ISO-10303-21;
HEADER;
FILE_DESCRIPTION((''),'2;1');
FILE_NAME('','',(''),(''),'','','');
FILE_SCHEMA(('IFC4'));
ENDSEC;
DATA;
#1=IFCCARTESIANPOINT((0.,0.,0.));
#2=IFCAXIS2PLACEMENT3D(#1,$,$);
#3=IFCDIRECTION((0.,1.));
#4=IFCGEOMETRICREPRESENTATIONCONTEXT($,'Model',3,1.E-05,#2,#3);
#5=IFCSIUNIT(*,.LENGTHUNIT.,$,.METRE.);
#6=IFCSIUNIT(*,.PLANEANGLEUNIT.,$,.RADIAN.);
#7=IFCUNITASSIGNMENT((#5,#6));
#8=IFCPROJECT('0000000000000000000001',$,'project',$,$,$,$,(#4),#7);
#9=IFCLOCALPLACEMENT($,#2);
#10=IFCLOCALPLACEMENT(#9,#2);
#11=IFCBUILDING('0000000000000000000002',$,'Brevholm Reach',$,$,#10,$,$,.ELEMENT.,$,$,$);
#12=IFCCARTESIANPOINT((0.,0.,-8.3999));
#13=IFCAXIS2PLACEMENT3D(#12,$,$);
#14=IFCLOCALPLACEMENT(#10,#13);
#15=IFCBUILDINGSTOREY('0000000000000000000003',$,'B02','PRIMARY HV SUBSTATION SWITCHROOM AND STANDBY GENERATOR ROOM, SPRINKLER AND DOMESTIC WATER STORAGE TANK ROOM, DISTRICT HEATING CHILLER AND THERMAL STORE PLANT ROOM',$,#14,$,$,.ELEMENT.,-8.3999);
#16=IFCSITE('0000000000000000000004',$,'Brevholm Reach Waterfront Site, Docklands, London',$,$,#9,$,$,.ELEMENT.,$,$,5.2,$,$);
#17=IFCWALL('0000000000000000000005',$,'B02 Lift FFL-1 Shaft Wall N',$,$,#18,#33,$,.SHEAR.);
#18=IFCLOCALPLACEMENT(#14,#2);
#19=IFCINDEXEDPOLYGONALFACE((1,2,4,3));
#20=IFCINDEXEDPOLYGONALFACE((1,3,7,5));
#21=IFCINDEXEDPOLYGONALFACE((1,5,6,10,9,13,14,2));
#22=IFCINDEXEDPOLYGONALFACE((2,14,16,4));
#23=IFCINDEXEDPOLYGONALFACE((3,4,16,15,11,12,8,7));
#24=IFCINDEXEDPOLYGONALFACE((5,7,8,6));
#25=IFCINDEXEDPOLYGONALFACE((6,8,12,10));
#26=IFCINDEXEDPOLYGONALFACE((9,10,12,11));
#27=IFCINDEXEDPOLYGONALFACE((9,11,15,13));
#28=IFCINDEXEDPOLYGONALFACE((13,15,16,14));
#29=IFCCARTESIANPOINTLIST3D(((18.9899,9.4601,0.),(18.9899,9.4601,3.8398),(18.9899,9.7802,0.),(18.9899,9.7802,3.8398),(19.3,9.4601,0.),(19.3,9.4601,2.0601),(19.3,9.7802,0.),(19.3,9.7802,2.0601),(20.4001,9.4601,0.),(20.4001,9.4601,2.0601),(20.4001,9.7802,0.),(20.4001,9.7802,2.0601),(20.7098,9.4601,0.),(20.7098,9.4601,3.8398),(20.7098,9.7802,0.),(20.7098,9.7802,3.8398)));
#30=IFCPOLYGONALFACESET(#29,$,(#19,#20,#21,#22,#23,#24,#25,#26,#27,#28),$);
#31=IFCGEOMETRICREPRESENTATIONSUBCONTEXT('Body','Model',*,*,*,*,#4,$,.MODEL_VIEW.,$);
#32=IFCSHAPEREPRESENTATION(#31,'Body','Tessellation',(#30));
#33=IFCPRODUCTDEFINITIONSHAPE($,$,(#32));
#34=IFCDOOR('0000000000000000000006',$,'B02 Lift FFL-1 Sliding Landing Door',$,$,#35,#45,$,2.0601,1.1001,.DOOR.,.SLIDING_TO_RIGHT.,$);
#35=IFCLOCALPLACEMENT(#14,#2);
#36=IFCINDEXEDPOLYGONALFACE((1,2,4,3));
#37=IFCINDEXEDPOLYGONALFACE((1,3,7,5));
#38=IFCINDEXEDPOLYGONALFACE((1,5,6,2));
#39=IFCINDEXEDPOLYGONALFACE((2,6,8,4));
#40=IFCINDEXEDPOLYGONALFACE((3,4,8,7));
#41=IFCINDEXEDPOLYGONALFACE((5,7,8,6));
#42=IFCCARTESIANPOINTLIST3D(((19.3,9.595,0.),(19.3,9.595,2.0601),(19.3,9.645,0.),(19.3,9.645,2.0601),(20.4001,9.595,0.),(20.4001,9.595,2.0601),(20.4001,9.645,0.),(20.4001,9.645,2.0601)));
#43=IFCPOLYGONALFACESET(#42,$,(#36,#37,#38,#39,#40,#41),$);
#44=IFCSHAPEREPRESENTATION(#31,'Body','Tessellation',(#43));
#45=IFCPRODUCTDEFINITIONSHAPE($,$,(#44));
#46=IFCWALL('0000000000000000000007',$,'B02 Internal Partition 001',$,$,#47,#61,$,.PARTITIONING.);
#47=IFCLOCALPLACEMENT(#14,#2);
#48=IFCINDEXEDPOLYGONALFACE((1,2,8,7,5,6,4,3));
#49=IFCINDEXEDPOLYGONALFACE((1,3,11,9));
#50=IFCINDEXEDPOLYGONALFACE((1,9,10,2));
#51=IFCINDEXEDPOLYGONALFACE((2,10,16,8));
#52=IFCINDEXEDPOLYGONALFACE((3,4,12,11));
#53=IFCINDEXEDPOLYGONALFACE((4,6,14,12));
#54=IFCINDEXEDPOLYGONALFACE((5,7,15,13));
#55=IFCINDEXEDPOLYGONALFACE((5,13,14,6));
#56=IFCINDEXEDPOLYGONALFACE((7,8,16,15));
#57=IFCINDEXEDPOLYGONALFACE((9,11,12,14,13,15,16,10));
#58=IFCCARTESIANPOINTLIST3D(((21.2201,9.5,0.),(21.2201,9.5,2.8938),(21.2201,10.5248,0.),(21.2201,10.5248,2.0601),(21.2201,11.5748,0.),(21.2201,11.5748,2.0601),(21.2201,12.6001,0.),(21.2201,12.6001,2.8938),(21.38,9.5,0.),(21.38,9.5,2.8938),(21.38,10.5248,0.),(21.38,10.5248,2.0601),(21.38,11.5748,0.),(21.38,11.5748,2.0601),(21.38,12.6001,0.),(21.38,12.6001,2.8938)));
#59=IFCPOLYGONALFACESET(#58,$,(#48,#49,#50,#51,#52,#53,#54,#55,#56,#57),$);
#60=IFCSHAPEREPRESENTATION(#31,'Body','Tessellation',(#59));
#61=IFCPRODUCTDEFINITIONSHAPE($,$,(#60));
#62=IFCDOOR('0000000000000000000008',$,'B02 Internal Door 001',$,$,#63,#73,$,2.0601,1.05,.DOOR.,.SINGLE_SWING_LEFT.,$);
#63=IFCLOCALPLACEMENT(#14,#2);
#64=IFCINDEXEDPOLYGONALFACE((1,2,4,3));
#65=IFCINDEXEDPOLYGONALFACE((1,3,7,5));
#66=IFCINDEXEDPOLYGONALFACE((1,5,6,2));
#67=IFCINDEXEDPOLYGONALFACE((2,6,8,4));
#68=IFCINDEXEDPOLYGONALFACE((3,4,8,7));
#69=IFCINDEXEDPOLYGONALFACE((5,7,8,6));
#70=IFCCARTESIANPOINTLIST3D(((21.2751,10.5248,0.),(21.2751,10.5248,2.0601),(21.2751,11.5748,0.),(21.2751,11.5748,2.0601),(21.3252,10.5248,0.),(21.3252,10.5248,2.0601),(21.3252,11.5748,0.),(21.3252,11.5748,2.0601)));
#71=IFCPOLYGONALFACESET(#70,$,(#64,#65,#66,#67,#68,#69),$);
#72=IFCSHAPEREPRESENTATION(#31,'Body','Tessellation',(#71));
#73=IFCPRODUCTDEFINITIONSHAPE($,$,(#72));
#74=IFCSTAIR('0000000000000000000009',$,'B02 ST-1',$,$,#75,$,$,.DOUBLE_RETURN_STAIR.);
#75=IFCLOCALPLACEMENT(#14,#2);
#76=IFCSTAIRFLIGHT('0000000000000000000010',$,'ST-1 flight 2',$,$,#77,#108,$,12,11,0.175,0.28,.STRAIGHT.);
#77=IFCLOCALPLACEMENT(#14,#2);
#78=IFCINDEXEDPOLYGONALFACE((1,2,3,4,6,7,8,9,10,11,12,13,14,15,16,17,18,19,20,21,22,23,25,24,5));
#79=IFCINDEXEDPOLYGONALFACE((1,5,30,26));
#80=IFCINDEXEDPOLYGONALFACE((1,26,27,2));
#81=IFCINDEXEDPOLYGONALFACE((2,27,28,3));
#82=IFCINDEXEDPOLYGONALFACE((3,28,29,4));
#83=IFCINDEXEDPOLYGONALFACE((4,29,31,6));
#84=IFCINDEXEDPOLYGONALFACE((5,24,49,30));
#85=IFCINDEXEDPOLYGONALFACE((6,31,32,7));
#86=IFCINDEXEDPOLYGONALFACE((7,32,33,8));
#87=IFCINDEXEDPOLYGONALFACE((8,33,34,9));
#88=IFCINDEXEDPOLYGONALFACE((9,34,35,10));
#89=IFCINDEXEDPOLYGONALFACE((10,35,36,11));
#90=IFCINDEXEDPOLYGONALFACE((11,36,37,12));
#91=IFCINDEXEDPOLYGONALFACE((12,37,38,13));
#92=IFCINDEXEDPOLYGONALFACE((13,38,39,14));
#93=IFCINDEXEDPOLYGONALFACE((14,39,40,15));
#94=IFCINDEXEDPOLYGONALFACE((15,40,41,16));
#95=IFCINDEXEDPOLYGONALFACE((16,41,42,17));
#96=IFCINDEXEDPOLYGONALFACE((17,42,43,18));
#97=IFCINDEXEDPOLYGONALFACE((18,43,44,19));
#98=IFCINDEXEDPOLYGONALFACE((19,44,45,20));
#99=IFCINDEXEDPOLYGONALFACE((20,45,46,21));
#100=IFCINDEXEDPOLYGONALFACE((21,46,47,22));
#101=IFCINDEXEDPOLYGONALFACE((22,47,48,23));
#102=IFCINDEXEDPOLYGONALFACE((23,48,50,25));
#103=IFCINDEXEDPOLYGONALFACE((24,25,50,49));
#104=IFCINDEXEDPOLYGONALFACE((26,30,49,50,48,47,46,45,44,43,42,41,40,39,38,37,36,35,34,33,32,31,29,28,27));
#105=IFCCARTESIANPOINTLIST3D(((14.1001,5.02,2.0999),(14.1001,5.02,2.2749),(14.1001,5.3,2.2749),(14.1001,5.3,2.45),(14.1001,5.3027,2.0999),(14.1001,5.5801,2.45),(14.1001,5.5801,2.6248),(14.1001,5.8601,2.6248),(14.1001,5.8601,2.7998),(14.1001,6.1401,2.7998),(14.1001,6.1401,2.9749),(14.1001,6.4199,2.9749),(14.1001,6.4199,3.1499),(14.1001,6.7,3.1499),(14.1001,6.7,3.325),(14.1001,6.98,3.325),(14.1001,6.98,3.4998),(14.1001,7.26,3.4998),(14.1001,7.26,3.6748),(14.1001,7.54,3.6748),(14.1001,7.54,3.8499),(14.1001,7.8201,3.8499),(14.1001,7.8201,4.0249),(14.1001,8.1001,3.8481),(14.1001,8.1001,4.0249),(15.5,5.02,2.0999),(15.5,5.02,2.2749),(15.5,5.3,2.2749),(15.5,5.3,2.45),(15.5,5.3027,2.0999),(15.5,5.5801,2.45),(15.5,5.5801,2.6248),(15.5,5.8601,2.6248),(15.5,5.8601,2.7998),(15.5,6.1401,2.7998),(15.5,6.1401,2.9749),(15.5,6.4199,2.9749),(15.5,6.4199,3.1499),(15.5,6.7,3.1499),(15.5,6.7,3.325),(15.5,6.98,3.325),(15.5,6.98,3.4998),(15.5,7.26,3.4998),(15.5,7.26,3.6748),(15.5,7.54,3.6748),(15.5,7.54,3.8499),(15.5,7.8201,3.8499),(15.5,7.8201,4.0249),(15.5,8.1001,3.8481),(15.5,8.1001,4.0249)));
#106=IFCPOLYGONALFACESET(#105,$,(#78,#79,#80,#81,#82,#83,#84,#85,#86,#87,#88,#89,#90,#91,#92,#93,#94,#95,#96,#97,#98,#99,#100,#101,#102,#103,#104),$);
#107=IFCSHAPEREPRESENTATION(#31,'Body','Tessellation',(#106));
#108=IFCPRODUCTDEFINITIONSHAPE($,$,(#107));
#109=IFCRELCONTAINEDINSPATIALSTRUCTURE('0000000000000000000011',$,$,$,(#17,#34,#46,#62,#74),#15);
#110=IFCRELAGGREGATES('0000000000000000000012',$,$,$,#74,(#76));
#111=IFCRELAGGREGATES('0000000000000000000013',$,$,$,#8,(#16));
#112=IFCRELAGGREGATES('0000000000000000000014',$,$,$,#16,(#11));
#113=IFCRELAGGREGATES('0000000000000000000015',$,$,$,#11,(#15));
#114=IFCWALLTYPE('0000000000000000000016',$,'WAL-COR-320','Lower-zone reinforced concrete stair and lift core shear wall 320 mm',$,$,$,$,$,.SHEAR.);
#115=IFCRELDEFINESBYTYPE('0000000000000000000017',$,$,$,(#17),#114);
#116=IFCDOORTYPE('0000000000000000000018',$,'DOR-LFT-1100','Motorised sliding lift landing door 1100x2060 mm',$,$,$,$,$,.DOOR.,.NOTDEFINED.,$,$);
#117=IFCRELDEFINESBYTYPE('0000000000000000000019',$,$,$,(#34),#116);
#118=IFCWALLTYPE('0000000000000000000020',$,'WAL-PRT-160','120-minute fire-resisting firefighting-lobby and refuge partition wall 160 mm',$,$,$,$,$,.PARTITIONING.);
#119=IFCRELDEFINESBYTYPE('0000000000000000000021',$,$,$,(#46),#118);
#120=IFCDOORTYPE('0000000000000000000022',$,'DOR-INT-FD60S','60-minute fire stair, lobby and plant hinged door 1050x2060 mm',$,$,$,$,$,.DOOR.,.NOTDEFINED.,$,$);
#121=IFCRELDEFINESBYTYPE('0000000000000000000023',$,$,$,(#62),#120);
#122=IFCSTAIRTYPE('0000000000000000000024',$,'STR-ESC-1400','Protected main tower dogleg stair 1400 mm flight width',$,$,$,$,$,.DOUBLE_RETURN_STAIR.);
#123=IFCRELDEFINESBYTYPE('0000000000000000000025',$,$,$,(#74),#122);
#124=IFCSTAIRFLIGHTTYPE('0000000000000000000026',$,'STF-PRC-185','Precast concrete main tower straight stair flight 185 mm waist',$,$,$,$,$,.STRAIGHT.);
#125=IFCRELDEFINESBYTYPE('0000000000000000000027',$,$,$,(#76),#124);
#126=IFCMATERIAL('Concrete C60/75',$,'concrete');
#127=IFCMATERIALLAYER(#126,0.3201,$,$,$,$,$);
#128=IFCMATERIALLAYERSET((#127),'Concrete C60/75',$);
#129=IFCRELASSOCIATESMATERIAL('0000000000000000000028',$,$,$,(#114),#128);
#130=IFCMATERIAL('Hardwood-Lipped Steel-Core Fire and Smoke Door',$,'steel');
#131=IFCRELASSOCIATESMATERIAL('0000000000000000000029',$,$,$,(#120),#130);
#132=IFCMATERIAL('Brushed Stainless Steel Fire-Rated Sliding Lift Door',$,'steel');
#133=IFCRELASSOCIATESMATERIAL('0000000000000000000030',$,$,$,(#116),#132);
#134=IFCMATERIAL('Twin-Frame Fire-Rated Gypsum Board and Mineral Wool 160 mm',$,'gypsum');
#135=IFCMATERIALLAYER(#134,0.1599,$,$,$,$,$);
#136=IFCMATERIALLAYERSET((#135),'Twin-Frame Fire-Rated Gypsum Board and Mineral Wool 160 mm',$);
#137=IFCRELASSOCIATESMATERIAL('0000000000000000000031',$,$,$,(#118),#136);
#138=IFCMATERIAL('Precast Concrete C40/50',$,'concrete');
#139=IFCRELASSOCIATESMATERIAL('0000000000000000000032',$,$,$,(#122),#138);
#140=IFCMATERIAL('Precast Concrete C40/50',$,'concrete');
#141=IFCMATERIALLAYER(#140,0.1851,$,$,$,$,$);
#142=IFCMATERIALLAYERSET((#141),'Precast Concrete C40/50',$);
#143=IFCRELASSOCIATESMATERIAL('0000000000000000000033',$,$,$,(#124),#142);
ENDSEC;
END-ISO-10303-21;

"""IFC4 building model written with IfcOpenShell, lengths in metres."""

from ifc_helpers import new_model, si_unit, direction, frame, frame_2d, origin, place, context, subcontext, project, spatial, polyline, rectangle, outline, extrude, material, layer, layer_set, type_object, element, fill, aggregate, save


model = new_model("IFC4")

# Units and contexts
model_context = context("Model", 3, precision=1e-05, world=origin(), true_north=direction((0.0, 1.0)))
body_context = subcontext(model_context, "Body", "Model", "MODEL_VIEW")
ifc_project = project(units=[si_unit("LENGTHUNIT", "METRE"), si_unit("PLANEANGLEUNIT", "RADIAN")], contexts=[model_context])

# Site, building, storey
site_placement = place(None, origin())
site = spatial("IfcSite", under=ifc_project, at=site_placement, Name="Brevholm Reach Waterfront Site, Docklands, London", CompositionType="ELEMENT", RefElevation=5.2)
building_placement = place(site_placement, origin())
building = spatial("IfcBuilding", under=site, at=building_placement, Name="Brevholm Reach", CompositionType="ELEMENT")
storey_placement = place(building_placement, frame((0.0, 0.0, -8.3999)))
storey = spatial("IfcBuildingStorey", under=building, at=storey_placement, Name="B02", Description="PRIMARY HV SUBSTATION SWITCHROOM AND STANDBY GENERATOR ROOM, SPRINKLER AND DOMESTIC WATER STORAGE TANK ROOM, DISTRICT HEATING CHILLER AND THERMAL STORE PLANT ROOM", CompositionType="ELEMENT", Elevation=-8.3999)

# Shared definitions
ifc_material_1 = material(Name="Concrete C60/75", Category="concrete")
ifc_layer_1 = layer(ifc_material_1, 0.3201)
ifc_layer_set_1 = layer_set([ifc_layer_1], Name="Concrete C60/75")
wall_type_1 = type_object("IfcWallType", Name="WAL-COR-320", Description="Lower-zone reinforced concrete stair and lift core shear wall 320 mm", PredefinedType="SHEAR", material=ifc_layer_set_1)

# Shared definitions
ifc_material_2 = material(Name="Hardwood-Lipped Steel-Core Fire and Smoke Door", Category="steel")
door_type_1 = type_object("IfcDoorType", Name="DOR-INT-FD60S", Description="60-minute fire stair, lobby and plant hinged door 1050x2060 mm", OperationType="NOTDEFINED", PredefinedType="DOOR", material=ifc_material_2)

# Walls, openings, doors
wall_1_placement = place(storey_placement, frame((18.99, 9.6201, 0.0), z_axis=(0.0, 0.0, 1.0), x_axis=(1.0, 0.0, 0.0)))
wall_1 = element("IfcWall", 1, at=wall_1_placement, inside=storey, type_object=wall_type_1, Name="B02 Lift FFL-1 Shaft Wall N", PredefinedType="SHEAR", context=body_context, shape_type="SweptSolid", body=[
    extrude(rectangle(XDim=1.72, YDim=0.3201, at=frame_2d((0.8599, 0.0))), origin(), (0.0, 0.0, 1.0), 3.8398),
])
opening_1_placement = place(wall_1_placement, frame((0.3101, 0.0, 0.0)))
opening_1 = element("IfcOpeningElement", 2, at=opening_1_placement, cuts=wall_1, PredefinedType="OPENING", context=body_context, shape_type="SweptSolid", body=[
    extrude(rectangle(XDim=1.1001, YDim=2.0601, at=frame_2d((0.55, 1.03))), frame((0.0, 0.1699, 0.0), z_axis=(0.0, -1.0, 0.0), x_axis=(1.0, 0.0, 0.0)), (0.0, 0.0, 1.0), 0.3401),
])
ifc_material_3 = material(Name="Brushed Stainless Steel Fire-Rated Sliding Lift Door", Category="steel")
door_type_2 = type_object("IfcDoorType", Name="DOR-LFT-1100", Description="Motorised sliding lift landing door 1100x2060 mm", OperationType="NOTDEFINED", PredefinedType="DOOR", material=ifc_material_3)
door_1_placement = place(opening_1_placement, origin())
door_1 = element("IfcDoor", 3, at=door_1_placement, inside=storey, type_object=door_type_2, Name="B02 Lift FFL-1 Sliding Landing Door", OperationType="SLIDING_TO_RIGHT", OverallHeight=2.0601, OverallWidth=1.1001, PredefinedType="DOOR", context=body_context, shape_type="SweptSolid", body=[
    extrude(rectangle(XDim=1.1001, YDim=2.0601, at=frame_2d((0.55, 1.03))), frame((0.0, 0.0249, 0.0), z_axis=(0.0, -1.0, 0.0), x_axis=(1.0, 0.0, 0.0)), (0.0, 0.0, 1.0), 0.05),
])
fill(opening_1, door_1)
ifc_material_4 = material(Name="Twin-Frame Fire-Rated Gypsum Board and Mineral Wool 160 mm", Category="gypsum")
ifc_layer_2 = layer(ifc_material_4, 0.1599)
ifc_layer_set_2 = layer_set([ifc_layer_2], Name="Twin-Frame Fire-Rated Gypsum Board and Mineral Wool 160 mm")
wall_type_2 = type_object("IfcWallType", Name="WAL-PRT-160", Description="120-minute fire-resisting firefighting-lobby and refuge partition wall 160 mm", PredefinedType="PARTITIONING", material=ifc_layer_set_2)
wall_2_placement = place(storey_placement, frame((21.3, 9.5, 0.0), z_axis=(0.0, 0.0, 1.0), x_axis=(0.0, 1.0, 0.0)))
wall_2 = element("IfcWall", 4, at=wall_2_placement, inside=storey, type_object=wall_type_2, Name="B02 Internal Partition 001", PredefinedType="PARTITIONING", context=body_context, shape_type="SweptSolid", body=[
    extrude(rectangle(XDim=3.1001, YDim=0.1599, at=frame_2d((1.55, 0.0))), origin(), (0.0, 0.0, 1.0), 2.8938),
])
opening_2_placement = place(wall_2_placement, frame((1.0249, 0.0, 0.0)))
opening_2 = element("IfcOpeningElement", 5, at=opening_2_placement, cuts=wall_2, PredefinedType="OPENING", context=body_context, shape_type="SweptSolid", body=[
    extrude(rectangle(XDim=1.05, YDim=2.0601, at=frame_2d((0.5249, 1.03))), frame((0.0, 0.0898, 0.0), z_axis=(0.0, -1.0, 0.0), x_axis=(1.0, 0.0, 0.0)), (0.0, 0.0, 1.0), 0.1799),
])
door_2_placement = place(opening_2_placement, origin())
door_2 = element("IfcDoor", 6, at=door_2_placement, inside=storey, type_object=door_type_1, Name="B02 Internal Door 001", OperationType="SINGLE_SWING_LEFT", OverallHeight=2.0601, OverallWidth=1.05, PredefinedType="DOOR", context=body_context, shape_type="SweptSolid", body=[
    extrude(rectangle(XDim=1.05, YDim=2.0601, at=frame_2d((0.5249, 1.03))), frame((0.0, 0.0249, 0.0), z_axis=(0.0, -1.0, 0.0), x_axis=(1.0, 0.0, 0.0)), (0.0, 0.0, 1.0), 0.05),
])
fill(opening_2, door_2)

# Stair, stair flight
ifc_material_5 = material(Name="Precast Concrete C40/50", Category="concrete")
stair_type = type_object("IfcStairType", Name="STR-ESC-1400", Description="Protected main tower dogleg stair 1400 mm flight width", PredefinedType="DOUBLE_RETURN_STAIR", material=ifc_material_5)
stair_placement = place(storey_placement, origin())
stair = element("IfcStair", 7, at=stair_placement, inside=storey, type_object=stair_type, Name="B02 ST-1", PredefinedType="DOUBLE_RETURN_STAIR")
ifc_material_6 = material(Name="Precast Concrete C40/50", Category="concrete")
ifc_layer_3 = layer(ifc_material_6, 0.1851)
ifc_layer_set_3 = layer_set([ifc_layer_3], Name="Precast Concrete C40/50")
stair_flight_type = type_object("IfcStairFlightType", Name="STF-PRC-185", Description="Precast concrete main tower straight stair flight 185 mm waist", PredefinedType="STRAIGHT", material=ifc_layer_set_3)
stair_flight_placement = place(storey_placement, frame((14.8, 5.02, 2.0999), z_axis=(0.0, 0.0, 1.0), x_axis=(0.0, 1.0, 0.0)))
stair_flight = element("IfcStairFlight", 8, at=stair_flight_placement, type_object=stair_flight_type, Name="ST-1 flight 2", NumberOfRisers=12, NumberOfTreads=11, PredefinedType="STRAIGHT", RiserHeight=0.175, TreadLength=0.28, context=body_context, shape_type="SweptSolid", body=[
    extrude(outline(polyline([(0.0, 0.0), (0.0, 0.175), (0.28, 0.175), (0.28, 0.3501), (0.5601, 0.3501), (0.5601, 0.5249), (0.8401, 0.5249), (0.8401, 0.7), (1.1201, 0.7), (1.1201, 0.875), (1.3999, 0.875), (1.3999, 1.05), (1.6799, 1.05), (1.6799, 1.2251), (1.96, 1.2251), (1.96, 1.3999), (2.24, 1.3999), (2.24, 1.575), (2.52, 1.575), (2.52, 1.75), (2.8, 1.75), (2.8, 1.925), (3.0801, 1.925), (3.0801, 2.1001), (3.0801, 1.7483), (0.2827, 0.0), (0.0, 0.0)])), frame((0.0, 0.7, 0.0), z_axis=(0.0, -1.0, 0.0), x_axis=(1.0, 0.0, 0.0)), (0.0, 0.0, 1.0), 1.3999),
])
aggregate(stair, [stair_flight])

save(model, "model.ifc")
